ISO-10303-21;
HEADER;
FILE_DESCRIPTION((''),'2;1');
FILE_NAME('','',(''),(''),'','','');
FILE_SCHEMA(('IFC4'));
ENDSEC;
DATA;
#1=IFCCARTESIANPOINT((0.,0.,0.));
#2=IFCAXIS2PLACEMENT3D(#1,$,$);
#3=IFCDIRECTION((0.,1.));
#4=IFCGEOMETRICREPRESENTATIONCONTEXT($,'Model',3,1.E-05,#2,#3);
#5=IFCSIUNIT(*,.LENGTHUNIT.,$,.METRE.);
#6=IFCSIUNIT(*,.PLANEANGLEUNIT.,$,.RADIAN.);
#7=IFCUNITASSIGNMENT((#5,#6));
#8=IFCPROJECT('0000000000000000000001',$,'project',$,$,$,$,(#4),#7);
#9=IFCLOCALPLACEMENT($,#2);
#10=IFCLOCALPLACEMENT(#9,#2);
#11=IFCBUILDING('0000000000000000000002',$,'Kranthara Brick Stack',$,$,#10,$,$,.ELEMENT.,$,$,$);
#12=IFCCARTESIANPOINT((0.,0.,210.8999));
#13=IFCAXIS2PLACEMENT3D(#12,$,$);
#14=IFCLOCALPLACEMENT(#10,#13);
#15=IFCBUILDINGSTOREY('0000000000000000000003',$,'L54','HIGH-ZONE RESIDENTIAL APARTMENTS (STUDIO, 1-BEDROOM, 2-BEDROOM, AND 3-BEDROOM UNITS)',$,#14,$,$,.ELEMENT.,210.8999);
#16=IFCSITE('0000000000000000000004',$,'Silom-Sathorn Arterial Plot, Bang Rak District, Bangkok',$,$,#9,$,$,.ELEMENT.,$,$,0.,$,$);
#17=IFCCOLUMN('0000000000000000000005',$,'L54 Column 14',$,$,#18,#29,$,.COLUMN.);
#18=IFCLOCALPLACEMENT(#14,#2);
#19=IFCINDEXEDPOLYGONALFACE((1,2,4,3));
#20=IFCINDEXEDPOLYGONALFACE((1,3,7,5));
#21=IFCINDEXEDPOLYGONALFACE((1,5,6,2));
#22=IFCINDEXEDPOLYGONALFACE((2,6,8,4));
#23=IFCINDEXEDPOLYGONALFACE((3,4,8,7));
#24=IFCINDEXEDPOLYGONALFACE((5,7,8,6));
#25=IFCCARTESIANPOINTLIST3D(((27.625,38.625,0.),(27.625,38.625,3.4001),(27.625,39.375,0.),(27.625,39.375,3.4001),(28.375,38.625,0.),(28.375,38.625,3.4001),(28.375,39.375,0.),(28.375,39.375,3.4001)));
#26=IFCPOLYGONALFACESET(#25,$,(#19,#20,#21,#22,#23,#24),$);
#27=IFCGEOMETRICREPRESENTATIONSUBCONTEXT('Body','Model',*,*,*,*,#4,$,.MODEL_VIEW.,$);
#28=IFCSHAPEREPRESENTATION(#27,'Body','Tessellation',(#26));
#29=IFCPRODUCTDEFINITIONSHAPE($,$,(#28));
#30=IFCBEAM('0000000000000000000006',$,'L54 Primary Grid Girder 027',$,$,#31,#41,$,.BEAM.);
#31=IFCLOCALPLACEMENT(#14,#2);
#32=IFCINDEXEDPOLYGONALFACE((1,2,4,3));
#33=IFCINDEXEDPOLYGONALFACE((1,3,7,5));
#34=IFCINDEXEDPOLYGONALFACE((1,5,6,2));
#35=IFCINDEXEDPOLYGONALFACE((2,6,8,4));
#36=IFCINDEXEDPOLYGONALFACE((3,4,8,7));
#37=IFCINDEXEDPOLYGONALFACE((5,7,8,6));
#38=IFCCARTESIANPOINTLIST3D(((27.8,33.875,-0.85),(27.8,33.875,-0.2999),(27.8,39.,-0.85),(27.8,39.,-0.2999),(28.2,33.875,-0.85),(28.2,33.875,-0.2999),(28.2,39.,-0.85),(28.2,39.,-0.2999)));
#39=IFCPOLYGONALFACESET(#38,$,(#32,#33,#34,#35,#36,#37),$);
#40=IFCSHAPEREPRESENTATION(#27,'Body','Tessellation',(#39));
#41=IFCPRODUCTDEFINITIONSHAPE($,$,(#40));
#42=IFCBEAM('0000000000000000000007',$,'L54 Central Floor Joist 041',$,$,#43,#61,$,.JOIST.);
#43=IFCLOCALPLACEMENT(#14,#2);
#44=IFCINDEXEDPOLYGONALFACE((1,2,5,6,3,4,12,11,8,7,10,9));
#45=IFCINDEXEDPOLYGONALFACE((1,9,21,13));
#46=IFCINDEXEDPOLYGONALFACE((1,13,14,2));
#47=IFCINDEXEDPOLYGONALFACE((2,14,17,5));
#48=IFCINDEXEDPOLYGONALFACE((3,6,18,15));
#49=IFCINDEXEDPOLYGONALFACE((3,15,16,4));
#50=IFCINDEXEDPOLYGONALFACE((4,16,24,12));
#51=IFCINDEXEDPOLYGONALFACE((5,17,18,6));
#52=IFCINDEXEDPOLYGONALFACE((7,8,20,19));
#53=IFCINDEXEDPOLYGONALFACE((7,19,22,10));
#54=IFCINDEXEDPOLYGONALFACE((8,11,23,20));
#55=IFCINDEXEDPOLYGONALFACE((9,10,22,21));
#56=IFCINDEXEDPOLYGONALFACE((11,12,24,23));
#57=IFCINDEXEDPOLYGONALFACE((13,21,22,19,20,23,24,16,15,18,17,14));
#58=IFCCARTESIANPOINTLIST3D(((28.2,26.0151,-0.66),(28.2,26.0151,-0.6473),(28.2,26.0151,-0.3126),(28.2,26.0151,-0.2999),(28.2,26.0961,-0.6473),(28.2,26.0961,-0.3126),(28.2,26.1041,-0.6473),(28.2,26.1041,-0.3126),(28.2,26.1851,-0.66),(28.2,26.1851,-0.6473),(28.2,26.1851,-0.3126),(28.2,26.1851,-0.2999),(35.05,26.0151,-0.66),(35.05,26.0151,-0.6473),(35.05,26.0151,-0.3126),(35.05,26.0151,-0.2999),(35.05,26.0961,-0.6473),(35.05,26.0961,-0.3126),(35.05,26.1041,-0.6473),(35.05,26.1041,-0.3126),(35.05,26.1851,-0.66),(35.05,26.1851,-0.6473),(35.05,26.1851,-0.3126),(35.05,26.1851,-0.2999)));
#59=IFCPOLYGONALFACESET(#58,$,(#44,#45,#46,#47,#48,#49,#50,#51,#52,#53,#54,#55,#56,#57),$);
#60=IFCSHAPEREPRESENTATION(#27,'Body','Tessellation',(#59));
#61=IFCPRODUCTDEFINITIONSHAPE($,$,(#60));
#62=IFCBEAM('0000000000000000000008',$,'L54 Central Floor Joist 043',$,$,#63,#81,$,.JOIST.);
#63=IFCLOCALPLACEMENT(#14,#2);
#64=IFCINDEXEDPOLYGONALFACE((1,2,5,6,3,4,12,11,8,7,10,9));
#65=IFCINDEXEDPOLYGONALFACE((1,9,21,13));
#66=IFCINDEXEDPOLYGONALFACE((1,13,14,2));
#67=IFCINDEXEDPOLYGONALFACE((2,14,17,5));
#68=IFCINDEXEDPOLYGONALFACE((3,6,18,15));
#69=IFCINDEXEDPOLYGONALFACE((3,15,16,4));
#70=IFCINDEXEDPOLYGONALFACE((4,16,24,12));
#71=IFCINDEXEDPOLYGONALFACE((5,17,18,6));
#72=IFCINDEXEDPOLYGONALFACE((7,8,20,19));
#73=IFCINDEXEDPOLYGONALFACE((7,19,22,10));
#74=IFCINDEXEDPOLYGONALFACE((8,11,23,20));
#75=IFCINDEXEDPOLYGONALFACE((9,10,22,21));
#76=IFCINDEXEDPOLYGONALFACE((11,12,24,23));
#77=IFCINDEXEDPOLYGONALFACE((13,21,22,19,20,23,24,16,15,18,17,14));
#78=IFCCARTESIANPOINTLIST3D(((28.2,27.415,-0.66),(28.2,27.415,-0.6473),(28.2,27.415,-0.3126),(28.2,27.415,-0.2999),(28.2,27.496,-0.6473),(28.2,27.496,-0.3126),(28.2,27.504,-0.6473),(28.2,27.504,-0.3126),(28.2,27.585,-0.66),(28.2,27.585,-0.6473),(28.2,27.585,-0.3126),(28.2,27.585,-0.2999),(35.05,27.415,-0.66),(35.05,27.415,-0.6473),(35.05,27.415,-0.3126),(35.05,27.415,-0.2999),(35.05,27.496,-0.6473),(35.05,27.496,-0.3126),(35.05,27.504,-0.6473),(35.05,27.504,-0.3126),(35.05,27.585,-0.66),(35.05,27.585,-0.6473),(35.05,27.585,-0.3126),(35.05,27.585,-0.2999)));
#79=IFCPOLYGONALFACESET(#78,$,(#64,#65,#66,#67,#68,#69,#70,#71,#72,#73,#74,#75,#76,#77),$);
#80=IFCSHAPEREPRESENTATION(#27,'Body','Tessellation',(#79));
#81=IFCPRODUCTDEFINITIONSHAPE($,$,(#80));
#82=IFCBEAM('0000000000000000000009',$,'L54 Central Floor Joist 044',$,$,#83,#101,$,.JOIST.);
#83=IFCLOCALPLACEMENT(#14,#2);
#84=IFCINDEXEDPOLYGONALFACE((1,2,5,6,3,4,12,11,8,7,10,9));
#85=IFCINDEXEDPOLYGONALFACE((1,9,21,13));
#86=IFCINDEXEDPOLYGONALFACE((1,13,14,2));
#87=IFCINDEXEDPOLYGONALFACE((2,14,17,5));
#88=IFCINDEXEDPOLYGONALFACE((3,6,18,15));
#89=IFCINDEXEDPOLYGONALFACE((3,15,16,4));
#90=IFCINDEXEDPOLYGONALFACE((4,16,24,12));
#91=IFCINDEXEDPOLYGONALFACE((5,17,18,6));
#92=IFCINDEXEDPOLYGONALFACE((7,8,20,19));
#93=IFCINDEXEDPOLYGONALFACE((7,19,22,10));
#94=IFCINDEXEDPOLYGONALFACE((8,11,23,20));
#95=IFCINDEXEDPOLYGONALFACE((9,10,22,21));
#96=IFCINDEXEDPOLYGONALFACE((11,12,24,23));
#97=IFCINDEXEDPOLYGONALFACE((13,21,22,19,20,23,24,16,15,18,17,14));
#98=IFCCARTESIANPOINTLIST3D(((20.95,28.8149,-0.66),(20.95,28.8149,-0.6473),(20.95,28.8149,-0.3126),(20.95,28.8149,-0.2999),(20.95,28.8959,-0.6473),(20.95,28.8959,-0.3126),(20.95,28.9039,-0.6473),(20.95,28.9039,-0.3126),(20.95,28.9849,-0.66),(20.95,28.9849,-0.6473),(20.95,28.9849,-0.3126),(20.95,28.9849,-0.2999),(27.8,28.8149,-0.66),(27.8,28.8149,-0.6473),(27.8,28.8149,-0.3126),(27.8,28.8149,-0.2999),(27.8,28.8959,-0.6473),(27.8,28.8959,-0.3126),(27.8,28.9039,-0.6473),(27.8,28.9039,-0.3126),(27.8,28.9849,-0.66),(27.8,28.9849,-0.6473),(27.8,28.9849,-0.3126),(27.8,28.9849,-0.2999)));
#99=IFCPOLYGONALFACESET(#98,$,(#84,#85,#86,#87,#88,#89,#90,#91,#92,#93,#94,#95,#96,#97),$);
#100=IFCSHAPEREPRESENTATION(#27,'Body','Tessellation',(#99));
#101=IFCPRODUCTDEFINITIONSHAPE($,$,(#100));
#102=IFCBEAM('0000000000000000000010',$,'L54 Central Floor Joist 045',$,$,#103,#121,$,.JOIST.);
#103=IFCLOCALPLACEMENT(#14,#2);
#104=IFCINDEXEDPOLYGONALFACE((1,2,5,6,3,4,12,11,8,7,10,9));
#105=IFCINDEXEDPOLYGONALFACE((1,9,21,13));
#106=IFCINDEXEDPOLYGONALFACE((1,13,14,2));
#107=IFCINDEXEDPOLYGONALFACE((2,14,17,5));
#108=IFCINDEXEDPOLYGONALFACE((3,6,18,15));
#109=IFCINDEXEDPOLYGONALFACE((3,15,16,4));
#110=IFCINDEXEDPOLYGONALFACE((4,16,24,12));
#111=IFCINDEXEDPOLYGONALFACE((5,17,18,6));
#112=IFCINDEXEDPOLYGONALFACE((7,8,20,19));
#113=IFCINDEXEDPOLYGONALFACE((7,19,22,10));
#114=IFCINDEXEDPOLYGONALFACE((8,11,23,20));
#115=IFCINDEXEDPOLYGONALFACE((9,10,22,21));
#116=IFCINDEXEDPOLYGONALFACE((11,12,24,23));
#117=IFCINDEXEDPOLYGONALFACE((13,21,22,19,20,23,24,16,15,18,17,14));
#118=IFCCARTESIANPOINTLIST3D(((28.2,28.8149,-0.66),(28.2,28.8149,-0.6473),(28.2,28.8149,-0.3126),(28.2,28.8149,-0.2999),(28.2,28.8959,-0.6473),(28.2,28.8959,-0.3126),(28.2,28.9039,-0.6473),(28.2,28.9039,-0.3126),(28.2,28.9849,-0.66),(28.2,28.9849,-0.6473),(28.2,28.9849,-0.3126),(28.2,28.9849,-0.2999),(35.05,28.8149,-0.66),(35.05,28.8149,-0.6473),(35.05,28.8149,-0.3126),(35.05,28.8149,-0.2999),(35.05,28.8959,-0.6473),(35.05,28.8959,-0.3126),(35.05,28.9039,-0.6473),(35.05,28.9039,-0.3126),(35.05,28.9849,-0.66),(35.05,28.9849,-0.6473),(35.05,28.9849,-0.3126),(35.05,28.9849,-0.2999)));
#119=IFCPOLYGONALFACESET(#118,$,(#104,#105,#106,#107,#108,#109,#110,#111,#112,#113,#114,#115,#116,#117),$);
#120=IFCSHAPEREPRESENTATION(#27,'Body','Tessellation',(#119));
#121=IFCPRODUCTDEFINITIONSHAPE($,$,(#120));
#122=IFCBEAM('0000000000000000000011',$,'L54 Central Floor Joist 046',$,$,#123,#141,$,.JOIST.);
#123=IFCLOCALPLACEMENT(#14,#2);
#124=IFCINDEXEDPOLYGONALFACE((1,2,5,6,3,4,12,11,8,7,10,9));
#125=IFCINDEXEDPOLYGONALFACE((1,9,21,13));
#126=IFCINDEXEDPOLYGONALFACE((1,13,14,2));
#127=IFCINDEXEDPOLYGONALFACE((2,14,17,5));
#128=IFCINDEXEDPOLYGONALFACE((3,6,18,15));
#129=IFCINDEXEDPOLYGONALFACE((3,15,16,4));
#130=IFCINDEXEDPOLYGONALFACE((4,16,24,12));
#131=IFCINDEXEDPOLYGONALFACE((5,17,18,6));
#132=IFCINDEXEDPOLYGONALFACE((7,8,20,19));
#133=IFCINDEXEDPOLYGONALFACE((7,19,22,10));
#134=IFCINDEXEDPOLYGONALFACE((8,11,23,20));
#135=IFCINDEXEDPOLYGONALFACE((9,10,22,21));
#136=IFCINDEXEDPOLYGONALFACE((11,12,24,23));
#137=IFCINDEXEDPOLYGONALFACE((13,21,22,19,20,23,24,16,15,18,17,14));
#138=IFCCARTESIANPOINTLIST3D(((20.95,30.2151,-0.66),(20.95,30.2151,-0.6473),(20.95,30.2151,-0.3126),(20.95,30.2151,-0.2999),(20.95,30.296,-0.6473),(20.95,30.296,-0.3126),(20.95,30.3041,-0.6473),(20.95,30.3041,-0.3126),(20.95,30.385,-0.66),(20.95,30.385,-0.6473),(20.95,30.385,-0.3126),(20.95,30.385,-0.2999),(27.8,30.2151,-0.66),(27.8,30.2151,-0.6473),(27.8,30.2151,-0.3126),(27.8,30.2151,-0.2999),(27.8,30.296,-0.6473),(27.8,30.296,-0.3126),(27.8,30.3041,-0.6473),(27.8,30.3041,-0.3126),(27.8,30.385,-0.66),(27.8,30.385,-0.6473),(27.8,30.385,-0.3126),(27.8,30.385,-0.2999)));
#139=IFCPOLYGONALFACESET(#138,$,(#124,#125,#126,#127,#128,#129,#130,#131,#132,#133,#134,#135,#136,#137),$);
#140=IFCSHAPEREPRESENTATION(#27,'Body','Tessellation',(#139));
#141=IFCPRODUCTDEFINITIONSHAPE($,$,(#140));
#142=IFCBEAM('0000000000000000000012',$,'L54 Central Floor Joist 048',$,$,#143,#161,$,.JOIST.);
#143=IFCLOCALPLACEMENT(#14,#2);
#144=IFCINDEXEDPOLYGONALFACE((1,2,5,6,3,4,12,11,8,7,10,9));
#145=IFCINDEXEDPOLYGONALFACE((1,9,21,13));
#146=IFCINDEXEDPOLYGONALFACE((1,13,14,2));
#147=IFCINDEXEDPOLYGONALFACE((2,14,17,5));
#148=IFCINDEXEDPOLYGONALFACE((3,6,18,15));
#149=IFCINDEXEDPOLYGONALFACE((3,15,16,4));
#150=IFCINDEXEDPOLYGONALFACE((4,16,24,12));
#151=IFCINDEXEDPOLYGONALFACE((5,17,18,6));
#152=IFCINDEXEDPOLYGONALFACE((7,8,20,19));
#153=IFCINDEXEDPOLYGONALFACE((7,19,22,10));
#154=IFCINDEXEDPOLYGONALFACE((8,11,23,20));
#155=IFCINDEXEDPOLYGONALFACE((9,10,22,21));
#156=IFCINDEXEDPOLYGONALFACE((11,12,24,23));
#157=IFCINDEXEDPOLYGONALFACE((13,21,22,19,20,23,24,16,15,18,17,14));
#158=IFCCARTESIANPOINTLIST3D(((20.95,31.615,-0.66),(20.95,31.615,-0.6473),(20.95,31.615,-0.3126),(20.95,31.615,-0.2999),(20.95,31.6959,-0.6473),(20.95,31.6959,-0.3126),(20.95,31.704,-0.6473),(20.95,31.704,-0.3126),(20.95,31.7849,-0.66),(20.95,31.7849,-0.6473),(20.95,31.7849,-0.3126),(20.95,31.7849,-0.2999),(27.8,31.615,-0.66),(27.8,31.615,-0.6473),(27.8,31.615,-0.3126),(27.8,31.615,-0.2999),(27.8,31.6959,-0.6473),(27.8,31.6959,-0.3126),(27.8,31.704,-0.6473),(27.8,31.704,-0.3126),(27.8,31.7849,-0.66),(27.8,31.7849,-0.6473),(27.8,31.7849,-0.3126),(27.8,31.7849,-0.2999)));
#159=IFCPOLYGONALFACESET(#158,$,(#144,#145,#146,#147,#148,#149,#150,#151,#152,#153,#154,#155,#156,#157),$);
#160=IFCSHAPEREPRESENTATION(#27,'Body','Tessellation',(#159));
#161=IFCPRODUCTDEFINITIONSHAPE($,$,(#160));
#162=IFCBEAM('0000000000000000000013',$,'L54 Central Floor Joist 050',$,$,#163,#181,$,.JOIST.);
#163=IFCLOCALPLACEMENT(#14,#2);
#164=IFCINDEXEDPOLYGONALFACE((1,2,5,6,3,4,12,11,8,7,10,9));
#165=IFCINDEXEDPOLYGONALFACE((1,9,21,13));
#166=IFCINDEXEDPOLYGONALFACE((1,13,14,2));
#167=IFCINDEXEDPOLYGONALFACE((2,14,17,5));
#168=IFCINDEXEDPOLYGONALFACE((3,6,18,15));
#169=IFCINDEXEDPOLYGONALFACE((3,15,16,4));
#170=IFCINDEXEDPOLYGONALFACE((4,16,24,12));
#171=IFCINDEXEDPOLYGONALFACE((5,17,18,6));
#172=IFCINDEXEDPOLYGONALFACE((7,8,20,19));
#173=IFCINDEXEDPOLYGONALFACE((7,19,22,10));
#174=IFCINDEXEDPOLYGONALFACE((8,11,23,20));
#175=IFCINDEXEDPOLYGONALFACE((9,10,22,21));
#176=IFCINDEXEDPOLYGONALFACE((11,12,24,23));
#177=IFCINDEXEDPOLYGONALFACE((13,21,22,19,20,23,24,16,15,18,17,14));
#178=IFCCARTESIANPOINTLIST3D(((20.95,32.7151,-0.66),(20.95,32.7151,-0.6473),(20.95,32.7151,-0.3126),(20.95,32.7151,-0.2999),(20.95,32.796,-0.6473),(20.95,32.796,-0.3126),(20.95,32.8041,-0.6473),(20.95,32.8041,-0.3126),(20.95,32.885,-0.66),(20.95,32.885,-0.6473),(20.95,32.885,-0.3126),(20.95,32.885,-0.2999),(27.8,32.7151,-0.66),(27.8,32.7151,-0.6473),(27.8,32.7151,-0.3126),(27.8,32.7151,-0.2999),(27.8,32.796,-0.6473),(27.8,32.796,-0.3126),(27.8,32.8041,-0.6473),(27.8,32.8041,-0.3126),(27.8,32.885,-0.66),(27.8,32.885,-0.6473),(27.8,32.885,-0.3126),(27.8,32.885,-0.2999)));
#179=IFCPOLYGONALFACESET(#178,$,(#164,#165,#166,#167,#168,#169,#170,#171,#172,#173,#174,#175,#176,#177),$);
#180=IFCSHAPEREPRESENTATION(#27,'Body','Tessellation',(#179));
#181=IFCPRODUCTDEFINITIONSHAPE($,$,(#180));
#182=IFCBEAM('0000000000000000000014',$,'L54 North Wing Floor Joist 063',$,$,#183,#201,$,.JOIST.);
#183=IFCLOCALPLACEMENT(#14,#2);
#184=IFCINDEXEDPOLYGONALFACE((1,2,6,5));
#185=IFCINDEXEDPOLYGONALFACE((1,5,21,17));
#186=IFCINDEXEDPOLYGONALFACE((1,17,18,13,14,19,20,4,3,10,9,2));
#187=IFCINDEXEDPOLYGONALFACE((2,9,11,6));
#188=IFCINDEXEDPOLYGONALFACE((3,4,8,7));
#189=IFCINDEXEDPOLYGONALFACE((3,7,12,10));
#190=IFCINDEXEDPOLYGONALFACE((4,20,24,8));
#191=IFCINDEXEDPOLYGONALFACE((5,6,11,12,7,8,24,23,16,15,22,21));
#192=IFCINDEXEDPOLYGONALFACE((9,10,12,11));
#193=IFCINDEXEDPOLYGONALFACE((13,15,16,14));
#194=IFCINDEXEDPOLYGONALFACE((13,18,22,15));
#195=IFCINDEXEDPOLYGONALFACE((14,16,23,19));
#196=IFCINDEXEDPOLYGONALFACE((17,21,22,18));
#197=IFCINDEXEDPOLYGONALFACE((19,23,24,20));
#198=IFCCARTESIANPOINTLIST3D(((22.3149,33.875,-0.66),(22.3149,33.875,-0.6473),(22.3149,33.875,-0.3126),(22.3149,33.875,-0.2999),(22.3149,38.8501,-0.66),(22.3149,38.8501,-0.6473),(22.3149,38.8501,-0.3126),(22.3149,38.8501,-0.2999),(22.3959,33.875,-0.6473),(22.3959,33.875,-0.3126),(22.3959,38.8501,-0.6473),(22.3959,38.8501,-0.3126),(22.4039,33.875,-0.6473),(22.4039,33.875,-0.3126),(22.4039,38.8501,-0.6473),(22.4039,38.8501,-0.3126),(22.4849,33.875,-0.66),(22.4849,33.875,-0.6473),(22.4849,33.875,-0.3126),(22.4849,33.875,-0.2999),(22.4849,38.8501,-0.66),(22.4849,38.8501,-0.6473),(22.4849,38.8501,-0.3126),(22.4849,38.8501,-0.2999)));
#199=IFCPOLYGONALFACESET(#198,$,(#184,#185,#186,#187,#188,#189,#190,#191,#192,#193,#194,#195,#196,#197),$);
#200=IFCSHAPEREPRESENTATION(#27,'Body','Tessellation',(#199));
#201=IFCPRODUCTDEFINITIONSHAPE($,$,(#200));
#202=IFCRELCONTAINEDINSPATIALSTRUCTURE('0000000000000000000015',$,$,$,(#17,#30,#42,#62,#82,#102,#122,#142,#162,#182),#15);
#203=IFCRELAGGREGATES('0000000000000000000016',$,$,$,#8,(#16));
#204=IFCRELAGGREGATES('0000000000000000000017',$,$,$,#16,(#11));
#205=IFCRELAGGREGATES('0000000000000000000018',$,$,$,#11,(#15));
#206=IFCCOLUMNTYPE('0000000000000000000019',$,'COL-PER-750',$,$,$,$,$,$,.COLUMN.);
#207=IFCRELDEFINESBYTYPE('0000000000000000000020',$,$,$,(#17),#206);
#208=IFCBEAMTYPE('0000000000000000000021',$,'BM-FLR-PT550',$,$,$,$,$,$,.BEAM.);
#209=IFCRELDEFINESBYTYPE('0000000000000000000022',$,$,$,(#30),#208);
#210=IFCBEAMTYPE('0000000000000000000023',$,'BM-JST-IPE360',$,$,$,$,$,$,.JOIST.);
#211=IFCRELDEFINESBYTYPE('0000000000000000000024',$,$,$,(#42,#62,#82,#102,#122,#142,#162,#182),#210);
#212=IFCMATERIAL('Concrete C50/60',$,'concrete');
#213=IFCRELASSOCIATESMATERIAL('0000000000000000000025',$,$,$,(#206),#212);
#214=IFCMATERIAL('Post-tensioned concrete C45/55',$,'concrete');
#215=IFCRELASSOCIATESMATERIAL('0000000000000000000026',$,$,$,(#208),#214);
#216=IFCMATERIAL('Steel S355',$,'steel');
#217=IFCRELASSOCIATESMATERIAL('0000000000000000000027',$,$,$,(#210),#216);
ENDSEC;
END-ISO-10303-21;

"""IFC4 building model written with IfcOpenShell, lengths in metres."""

from ifc_helpers import new_model, si_unit, direction, frame, origin, origin_2d, place, context, subcontext, project, spatial, rectangle, i_section, extrude, material, material_profile, profile_set, type_object, element, save


model = new_model("IFC4")

# Units and contexts
model_context = context("Model", 3, precision=1e-05, world=origin(), true_north=direction((0.0, 1.0)))
body_context = subcontext(model_context, "Body", "Model", "MODEL_VIEW")
ifc_project = project(units=[si_unit("LENGTHUNIT", "METRE"), si_unit("PLANEANGLEUNIT", "RADIAN")], contexts=[model_context])

# Site, building, storey
site_placement = place(None, origin())
site = spatial("IfcSite", under=ifc_project, at=site_placement, Name="Silom-Sathorn Arterial Plot, Bang Rak District, Bangkok", CompositionType="ELEMENT", RefElevation=0.0)
building_placement = place(site_placement, origin())
building = spatial("IfcBuilding", under=site, at=building_placement, Name="Kranthara Brick Stack", CompositionType="ELEMENT")
storey_placement = place(building_placement, frame((0.0, 0.0, 210.8999)))
storey = spatial("IfcBuildingStorey", under=building, at=storey_placement, Name="L54", Description="HIGH-ZONE RESIDENTIAL APARTMENTS (STUDIO, 1-BEDROOM, 2-BEDROOM, AND 3-BEDROOM UNITS)", CompositionType="ELEMENT", Elevation=210.8999)

# Column
ifc_material_1 = material(Name="Concrete C50/60", Category="concrete")
ifc_material_profile_1 = material_profile(ifc_material_1, rectangle(XDim=0.75, YDim=0.75, at=origin_2d()), Name="RC 750x750")
ifc_profile_set_1 = profile_set([ifc_material_profile_1], Name="Concrete C50/60")
column_type = type_object("IfcColumnType", Name="COL-PER-750", PredefinedType="COLUMN", material=ifc_profile_set_1)
column_placement = place(storey_placement, frame((28.0, 39.0, 0.0), z_axis=(0.0, 0.0, 1.0), x_axis=(1.0, 0.0, 0.0)))
element("IfcColumn", 1, at=column_placement, inside=storey, type_object=column_type, Name="L54 Column 14", PredefinedType="COLUMN", context=body_context, shape_type="SweptSolid", body=[
    extrude(rectangle(XDim=0.75, YDim=0.75, at=origin_2d()), origin(), (0.0, 0.0, 1.0), 3.4001),
])

# Beams
ifc_material_2 = material(Name="Post-tensioned concrete C45/55", Category="concrete")
ifc_material_profile_2 = material_profile(ifc_material_2, rectangle(XDim=0.3999, YDim=0.55, at=origin_2d()), Name="PT 400x550")
ifc_profile_set_2 = profile_set([ifc_material_profile_2], Name="Post-tensioned concrete C45/55")
beam_type_1 = type_object("IfcBeamType", Name="BM-FLR-PT550", PredefinedType="BEAM", material=ifc_profile_set_2)
beam_1_placement = place(storey_placement, frame((28.0, 33.875, -0.575), z_axis=(0.0, 1.0, 0.0), x_axis=(-1.0, 0.0, 0.0)))
element("IfcBeam", 2, at=beam_1_placement, inside=storey, type_object=beam_type_1, Name="L54 Primary Grid Girder 027", PredefinedType="BEAM", context=body_context, shape_type="SweptSolid", body=[
    extrude(rectangle(XDim=0.3999, YDim=0.55, at=origin_2d()), origin(), (0.0, 0.0, 1.0), 5.125),
])
ifc_material_3 = material(Name="Steel S355", Category="steel")
ifc_material_profile_3 = material_profile(ifc_material_3, i_section(OverallWidth=0.1699, OverallDepth=0.3601, WebThickness=0.0081, FlangeThickness=0.0127, at=origin_2d()), Name="IPE 360")
ifc_profile_set_3 = profile_set([ifc_material_profile_3], Name="Steel S355")
beam_type_2 = type_object("IfcBeamType", Name="BM-JST-IPE360", PredefinedType="JOIST", material=ifc_profile_set_3)
for number, where, z_axis, x_axis, name in (
    (3, (28.2, 26.1001, -0.48), (1.0, 0.0, 0.0), (0.0, 1.0, 0.0), "L54 Central Floor Joist 041"),
    (4, (28.2, 27.5, -0.48), (1.0, 0.0, 0.0), (0.0, 1.0, 0.0), "L54 Central Floor Joist 043"),
    (5, (20.95, 28.8999, -0.48), (1.0, 0.0, 0.0), (0.0, 1.0, 0.0), "L54 Central Floor Joist 044"),
    (6, (28.2, 28.8999, -0.48), (1.0, 0.0, 0.0), (0.0, 1.0, 0.0), "L54 Central Floor Joist 045"),
    (7, (20.95, 30.3, -0.48), (1.0, 0.0, 0.0), (0.0, 1.0, 0.0), "L54 Central Floor Joist 046"),
    (8, (20.95, 31.7, -0.48), (1.0, 0.0, 0.0), (0.0, 1.0, 0.0), "L54 Central Floor Joist 048"),
    (9, (20.95, 32.8, -0.48), (1.0, 0.0, 0.0), (0.0, 1.0, 0.0), "L54 Central Floor Joist 050"),
):
    element("IfcBeam", number, at=place(storey_placement, frame(where, z_axis=z_axis, x_axis=x_axis)), inside=storey, type_object=beam_type_2, Name=name, PredefinedType="JOIST", context=body_context, shape_type="SweptSolid", body=[
        extrude(i_section(OverallWidth=0.1699, OverallDepth=0.3601, WebThickness=0.0081, FlangeThickness=0.0127, at=origin_2d()), origin(), (0.0, 0.0, 1.0), 6.8501),
    ])
for number, where, z_axis, x_axis, name in (
    (10, (22.3999, 33.875, -0.48), (0.0, 1.0, 0.0), (-1.0, 0.0, 0.0), "L54 North Wing Floor Joist 063"),
):
    element("IfcBeam", number, at=place(storey_placement, frame(where, z_axis=z_axis, x_axis=x_axis)), inside=storey, type_object=beam_type_2, Name=name, PredefinedType="JOIST", context=body_context, shape_type="SweptSolid", body=[
        extrude(i_section(OverallWidth=0.1699, OverallDepth=0.3601, WebThickness=0.0081, FlangeThickness=0.0127, at=origin_2d()), origin(), (0.0, 0.0, 1.0), 4.9751),
    ])

save(model, "model.ifc")
